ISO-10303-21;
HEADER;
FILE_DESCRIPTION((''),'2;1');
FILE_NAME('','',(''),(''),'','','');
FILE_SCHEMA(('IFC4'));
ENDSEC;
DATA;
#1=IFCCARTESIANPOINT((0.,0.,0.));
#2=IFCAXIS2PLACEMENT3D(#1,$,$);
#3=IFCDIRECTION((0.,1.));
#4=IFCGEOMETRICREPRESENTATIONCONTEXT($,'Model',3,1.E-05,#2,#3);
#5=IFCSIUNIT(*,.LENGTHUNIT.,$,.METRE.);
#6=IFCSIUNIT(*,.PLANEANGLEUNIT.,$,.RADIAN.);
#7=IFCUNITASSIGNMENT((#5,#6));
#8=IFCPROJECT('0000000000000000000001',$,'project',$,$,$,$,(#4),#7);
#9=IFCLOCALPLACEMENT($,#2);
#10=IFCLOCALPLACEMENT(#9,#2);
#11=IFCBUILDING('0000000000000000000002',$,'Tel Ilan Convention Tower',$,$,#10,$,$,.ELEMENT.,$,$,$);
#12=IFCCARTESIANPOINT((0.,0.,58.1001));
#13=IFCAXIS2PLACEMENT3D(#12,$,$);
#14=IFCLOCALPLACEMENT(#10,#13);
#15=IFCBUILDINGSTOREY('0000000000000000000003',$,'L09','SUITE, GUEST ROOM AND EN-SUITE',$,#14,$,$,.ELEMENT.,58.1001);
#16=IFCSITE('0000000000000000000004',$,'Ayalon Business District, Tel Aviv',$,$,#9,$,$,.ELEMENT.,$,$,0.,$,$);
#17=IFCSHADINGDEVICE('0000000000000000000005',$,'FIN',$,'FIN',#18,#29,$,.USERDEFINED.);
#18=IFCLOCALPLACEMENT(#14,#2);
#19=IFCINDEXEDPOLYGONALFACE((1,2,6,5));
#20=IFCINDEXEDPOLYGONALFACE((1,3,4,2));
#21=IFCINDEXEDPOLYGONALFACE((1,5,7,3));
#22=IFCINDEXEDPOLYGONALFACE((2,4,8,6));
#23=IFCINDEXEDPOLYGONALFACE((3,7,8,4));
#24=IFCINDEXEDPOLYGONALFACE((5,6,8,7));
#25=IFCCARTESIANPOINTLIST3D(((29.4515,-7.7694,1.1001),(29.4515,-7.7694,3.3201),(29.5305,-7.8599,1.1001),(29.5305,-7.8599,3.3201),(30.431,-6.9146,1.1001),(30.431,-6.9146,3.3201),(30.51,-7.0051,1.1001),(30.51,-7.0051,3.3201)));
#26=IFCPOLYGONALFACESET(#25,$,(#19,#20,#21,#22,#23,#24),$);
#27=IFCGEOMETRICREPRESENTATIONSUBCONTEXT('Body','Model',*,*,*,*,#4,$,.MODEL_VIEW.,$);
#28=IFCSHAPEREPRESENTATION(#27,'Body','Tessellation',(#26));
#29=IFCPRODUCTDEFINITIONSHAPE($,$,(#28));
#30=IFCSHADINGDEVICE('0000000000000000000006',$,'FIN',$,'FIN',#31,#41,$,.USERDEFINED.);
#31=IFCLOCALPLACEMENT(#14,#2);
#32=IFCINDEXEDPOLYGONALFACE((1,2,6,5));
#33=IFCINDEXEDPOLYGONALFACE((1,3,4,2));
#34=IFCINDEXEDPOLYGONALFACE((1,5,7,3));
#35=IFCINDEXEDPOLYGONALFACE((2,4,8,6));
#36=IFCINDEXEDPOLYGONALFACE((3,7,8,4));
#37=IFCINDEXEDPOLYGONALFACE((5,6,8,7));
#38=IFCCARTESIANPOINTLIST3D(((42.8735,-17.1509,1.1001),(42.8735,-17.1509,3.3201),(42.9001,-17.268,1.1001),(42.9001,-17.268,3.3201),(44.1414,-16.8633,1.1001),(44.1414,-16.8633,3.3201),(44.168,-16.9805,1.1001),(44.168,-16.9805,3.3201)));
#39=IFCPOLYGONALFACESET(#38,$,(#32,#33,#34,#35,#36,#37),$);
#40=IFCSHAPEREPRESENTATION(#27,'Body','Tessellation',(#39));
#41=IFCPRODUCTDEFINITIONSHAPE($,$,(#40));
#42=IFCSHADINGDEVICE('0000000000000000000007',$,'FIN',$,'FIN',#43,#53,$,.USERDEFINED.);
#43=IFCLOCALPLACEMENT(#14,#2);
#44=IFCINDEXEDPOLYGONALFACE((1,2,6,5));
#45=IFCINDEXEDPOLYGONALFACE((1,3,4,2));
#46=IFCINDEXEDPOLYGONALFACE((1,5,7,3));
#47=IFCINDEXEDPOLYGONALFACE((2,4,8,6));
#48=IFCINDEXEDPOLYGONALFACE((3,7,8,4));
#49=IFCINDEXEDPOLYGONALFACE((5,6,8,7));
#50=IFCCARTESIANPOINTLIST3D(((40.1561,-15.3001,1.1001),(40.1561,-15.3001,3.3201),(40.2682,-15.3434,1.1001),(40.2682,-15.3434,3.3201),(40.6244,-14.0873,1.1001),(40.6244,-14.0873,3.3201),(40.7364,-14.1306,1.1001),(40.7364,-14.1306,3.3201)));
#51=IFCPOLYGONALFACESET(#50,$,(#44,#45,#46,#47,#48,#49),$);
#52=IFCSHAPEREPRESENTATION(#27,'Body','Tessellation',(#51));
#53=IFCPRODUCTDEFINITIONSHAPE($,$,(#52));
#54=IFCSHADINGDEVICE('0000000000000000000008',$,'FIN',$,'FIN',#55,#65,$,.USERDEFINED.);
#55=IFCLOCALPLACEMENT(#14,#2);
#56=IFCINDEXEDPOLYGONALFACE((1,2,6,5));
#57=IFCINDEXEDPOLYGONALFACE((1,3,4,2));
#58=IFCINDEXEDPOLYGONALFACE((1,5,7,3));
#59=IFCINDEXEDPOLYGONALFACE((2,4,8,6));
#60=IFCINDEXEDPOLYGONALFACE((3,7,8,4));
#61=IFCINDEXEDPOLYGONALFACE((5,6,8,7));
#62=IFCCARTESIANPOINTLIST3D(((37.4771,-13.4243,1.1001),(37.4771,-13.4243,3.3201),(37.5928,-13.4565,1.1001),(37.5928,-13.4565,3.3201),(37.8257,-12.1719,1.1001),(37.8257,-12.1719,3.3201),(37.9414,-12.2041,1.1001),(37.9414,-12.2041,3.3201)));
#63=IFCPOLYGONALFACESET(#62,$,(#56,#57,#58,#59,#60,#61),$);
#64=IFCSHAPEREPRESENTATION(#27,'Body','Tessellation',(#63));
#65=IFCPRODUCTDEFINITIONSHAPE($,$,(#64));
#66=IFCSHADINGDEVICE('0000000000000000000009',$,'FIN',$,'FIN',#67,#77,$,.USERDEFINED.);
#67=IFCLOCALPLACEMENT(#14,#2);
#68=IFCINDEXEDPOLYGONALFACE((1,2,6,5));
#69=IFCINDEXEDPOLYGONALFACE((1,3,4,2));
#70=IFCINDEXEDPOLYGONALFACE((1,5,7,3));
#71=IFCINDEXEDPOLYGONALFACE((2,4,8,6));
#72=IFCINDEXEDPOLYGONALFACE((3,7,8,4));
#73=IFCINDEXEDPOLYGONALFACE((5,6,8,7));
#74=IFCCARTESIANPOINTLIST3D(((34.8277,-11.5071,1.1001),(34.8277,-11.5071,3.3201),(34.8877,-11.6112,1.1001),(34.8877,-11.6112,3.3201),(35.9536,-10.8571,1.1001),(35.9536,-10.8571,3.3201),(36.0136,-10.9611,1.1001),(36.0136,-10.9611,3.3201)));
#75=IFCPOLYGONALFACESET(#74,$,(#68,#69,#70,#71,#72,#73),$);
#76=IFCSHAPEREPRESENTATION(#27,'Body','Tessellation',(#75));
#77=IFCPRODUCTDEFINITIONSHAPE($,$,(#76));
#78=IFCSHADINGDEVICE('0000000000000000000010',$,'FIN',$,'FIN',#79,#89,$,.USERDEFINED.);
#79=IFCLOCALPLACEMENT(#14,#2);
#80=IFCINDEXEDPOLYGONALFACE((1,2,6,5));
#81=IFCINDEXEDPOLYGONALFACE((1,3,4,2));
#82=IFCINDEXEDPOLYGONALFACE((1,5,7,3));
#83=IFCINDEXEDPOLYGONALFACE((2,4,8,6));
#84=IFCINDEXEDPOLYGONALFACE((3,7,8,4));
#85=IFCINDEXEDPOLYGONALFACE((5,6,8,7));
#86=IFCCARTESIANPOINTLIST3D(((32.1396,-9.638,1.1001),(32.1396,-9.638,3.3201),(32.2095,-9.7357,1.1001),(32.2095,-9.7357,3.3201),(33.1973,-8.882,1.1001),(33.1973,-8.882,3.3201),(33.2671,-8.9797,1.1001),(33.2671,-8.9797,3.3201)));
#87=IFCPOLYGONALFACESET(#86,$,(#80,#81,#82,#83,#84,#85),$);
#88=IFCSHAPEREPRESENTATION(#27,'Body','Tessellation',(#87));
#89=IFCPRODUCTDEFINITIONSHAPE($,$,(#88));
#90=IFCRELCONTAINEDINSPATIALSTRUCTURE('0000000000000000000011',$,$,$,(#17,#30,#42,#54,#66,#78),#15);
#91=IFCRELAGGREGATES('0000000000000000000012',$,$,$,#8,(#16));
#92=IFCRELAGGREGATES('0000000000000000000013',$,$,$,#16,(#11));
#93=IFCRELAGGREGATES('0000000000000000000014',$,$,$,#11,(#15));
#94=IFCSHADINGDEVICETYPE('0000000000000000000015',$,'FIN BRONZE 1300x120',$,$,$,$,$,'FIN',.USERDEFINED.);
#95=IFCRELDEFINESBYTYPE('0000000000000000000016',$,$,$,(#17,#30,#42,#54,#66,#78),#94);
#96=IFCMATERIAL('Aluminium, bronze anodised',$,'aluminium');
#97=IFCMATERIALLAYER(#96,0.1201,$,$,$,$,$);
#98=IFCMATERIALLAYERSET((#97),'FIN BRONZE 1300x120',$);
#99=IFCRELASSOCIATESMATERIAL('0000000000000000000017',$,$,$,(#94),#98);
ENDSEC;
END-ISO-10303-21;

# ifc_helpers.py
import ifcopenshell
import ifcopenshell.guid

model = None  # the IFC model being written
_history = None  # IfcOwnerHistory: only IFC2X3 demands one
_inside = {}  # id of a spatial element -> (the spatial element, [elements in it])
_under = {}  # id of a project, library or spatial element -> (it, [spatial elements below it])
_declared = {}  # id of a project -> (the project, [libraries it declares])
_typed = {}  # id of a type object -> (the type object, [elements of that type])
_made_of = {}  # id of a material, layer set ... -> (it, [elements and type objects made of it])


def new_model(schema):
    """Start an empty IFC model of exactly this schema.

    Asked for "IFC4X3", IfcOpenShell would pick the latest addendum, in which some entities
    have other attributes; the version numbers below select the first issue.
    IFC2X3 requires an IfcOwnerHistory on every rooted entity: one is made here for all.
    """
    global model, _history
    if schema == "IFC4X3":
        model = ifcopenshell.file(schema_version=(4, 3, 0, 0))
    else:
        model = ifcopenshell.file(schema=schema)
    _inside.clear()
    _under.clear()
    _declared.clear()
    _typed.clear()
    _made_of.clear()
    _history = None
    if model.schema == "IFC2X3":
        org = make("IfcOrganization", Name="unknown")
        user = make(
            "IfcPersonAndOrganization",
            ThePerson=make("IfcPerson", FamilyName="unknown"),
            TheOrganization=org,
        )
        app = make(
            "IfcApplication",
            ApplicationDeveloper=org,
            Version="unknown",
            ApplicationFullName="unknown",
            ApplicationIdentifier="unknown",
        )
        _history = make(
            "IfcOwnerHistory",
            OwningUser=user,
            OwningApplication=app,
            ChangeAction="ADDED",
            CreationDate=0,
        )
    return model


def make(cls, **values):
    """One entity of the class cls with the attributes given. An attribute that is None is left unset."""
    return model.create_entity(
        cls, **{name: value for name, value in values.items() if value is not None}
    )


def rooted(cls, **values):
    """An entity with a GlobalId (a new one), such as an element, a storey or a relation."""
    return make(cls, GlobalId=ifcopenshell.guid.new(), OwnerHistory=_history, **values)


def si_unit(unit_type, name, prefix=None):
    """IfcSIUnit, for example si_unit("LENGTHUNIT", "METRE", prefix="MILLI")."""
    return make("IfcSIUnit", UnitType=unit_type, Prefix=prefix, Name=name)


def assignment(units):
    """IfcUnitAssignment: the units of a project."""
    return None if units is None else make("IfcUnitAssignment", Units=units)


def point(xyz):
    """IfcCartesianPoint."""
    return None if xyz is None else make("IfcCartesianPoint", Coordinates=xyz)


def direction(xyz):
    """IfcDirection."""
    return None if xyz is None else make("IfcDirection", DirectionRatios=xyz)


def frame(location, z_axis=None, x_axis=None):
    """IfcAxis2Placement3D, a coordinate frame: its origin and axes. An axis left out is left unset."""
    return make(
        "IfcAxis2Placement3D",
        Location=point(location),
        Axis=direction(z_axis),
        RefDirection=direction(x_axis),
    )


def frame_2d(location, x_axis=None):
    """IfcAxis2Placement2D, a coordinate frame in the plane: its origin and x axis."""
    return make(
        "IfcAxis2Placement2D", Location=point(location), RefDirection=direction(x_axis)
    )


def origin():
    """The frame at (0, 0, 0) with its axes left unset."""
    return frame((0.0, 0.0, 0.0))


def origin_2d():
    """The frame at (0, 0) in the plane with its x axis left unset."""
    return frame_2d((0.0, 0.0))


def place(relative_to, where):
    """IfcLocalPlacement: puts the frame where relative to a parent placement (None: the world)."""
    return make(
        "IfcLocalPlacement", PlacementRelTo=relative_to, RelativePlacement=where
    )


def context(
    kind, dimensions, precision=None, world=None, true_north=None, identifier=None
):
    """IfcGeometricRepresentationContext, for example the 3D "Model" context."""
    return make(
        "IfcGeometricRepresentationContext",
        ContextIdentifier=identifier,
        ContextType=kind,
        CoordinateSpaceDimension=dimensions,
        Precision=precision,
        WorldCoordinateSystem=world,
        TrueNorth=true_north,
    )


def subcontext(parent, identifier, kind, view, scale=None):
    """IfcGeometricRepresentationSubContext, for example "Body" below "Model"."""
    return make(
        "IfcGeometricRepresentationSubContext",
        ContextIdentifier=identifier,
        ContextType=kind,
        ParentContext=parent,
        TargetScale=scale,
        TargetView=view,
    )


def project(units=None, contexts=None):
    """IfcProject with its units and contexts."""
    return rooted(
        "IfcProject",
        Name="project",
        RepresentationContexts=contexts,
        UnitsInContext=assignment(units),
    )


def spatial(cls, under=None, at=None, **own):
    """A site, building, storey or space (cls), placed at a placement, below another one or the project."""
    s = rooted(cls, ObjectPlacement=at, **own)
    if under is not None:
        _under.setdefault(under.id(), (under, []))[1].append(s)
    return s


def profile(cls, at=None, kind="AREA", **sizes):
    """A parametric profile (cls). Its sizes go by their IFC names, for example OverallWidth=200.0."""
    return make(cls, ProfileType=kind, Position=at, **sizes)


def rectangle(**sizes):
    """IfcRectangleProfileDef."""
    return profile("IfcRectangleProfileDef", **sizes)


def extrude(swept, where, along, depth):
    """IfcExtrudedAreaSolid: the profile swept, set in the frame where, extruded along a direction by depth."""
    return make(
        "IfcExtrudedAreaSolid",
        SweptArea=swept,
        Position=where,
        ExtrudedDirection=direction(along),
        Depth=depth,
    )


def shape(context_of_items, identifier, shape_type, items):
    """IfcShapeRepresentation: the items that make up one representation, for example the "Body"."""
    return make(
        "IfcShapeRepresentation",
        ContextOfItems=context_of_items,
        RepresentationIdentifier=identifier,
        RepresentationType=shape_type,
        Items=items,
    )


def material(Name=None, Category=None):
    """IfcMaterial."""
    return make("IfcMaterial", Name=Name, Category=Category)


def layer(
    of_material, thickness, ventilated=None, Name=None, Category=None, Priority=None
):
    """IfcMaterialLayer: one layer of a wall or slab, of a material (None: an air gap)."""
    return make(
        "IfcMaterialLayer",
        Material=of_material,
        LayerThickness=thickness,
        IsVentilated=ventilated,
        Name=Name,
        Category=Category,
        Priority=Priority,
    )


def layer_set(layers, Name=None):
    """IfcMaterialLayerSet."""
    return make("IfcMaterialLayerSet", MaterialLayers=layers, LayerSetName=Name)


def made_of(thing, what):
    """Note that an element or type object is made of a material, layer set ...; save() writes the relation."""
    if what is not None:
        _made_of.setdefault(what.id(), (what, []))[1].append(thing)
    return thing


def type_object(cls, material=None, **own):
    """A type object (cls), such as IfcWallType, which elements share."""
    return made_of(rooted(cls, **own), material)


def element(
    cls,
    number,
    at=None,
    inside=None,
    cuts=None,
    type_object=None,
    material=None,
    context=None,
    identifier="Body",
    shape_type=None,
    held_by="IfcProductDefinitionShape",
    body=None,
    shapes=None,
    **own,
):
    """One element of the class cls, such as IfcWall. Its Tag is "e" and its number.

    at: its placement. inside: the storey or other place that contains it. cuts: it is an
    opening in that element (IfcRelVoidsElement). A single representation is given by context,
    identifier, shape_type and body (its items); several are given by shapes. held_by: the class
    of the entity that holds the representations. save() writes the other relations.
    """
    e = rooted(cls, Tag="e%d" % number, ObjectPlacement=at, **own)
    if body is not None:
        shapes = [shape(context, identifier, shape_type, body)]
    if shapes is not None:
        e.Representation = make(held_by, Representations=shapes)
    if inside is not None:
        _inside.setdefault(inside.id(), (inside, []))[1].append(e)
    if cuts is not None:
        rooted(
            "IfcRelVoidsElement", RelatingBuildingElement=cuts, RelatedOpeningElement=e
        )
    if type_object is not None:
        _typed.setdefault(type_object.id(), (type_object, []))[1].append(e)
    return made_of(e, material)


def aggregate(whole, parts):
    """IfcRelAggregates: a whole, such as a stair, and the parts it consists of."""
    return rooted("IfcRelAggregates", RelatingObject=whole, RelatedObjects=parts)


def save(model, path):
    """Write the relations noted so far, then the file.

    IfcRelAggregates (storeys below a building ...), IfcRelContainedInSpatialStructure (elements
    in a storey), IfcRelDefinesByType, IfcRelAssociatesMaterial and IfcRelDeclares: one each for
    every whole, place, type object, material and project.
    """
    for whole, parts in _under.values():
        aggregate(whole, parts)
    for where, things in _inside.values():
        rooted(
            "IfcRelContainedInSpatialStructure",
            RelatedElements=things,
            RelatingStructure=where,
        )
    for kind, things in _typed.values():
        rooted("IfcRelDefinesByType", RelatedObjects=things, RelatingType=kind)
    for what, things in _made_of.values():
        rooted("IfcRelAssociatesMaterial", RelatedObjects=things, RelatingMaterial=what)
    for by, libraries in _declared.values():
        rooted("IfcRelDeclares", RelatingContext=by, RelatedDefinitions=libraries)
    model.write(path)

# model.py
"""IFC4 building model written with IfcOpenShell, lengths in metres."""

from ifc_helpers import new_model, si_unit, direction, frame, origin, origin_2d, place, context, subcontext, project, spatial, rectangle, extrude, material, layer, layer_set, type_object, element, save


model = new_model("IFC4")

# Units and contexts
model_context = context("Model", 3, precision=1e-05, world=origin(), true_north=direction((0.0, 1.0)))
body_context = subcontext(model_context, "Body", "Model", "MODEL_VIEW")
ifc_project = project(units=[si_unit("LENGTHUNIT", "METRE"), si_unit("PLANEANGLEUNIT", "RADIAN")], contexts=[model_context])

# Site, building, storey
site_placement = place(None, origin())
site = spatial("IfcSite", under=ifc_project, at=site_placement, Name="Ayalon Business District, Tel Aviv", CompositionType="ELEMENT", RefElevation=0.0)
building_placement = place(site_placement, origin())
building = spatial("IfcBuilding", under=site, at=building_placement, Name="Tel Ilan Convention Tower", CompositionType="ELEMENT")
storey_placement = place(building_placement, frame((0.0, 0.0, 58.1001)))
storey = spatial("IfcBuildingStorey", under=building, at=storey_placement, Name="L09", Description="SUITE, GUEST ROOM AND EN-SUITE", CompositionType="ELEMENT", Elevation=58.1001)

# Shading devices
ifc_material_1 = material(Name="Aluminium, bronze anodised", Category="aluminium")
ifc_layer_1 = layer(ifc_material_1, 0.1201)
ifc_layer_set_1 = layer_set([ifc_layer_1], Name="FIN BRONZE 1300x120")
shading_device_type = type_object("IfcShadingDeviceType", Name="FIN BRONZE 1300x120", ElementType="FIN", PredefinedType="USERDEFINED", material=ifc_layer_set_1)
for number, where, z_axis, x_axis, name in (
    (1, (29.9807, -7.3872, 1.1001), (0.0, 0.0, 1.0), (0.753436, 0.657521, 0.0), "FIN"),
    (2, (43.5208, -17.0657, 1.1001), (0.0, 0.0, 1.0), (0.975235, 0.22117, 0.0), "FIN"),
    (3, (40.4463, -14.7153, 1.1001), (0.0, 0.0, 1.0), (0.360178, 0.932884, 0.0), "FIN"),
    (4, (37.7092, -12.8142, 1.1001), (0.0, 0.0, 1.0), (0.268173, 0.963371, 0.0), "FIN"),
    (5, (35.4207, -11.2341, 1.1001), (0.0, 0.0, 1.0), (0.866025, 0.5, 0.0), "FIN"),
    (6, (32.7034, -9.3088, 1.1001), (0.0, 0.0, 1.0), (0.813552, 0.581492, 0.0), "FIN"),
):
    element("IfcShadingDevice", number, at=place(storey_placement, frame(where, z_axis=z_axis, x_axis=x_axis)), inside=storey, type_object=shading_device_type, Name=name, ObjectType="FIN", PredefinedType="USERDEFINED", context=body_context, shape_type="SweptSolid", body=[
        extrude(rectangle(XDim=1.3, YDim=0.1201, at=origin_2d()), origin(), (0.0, 0.0, 1.0), 2.22),
    ])

save(model, "model.ifc")
